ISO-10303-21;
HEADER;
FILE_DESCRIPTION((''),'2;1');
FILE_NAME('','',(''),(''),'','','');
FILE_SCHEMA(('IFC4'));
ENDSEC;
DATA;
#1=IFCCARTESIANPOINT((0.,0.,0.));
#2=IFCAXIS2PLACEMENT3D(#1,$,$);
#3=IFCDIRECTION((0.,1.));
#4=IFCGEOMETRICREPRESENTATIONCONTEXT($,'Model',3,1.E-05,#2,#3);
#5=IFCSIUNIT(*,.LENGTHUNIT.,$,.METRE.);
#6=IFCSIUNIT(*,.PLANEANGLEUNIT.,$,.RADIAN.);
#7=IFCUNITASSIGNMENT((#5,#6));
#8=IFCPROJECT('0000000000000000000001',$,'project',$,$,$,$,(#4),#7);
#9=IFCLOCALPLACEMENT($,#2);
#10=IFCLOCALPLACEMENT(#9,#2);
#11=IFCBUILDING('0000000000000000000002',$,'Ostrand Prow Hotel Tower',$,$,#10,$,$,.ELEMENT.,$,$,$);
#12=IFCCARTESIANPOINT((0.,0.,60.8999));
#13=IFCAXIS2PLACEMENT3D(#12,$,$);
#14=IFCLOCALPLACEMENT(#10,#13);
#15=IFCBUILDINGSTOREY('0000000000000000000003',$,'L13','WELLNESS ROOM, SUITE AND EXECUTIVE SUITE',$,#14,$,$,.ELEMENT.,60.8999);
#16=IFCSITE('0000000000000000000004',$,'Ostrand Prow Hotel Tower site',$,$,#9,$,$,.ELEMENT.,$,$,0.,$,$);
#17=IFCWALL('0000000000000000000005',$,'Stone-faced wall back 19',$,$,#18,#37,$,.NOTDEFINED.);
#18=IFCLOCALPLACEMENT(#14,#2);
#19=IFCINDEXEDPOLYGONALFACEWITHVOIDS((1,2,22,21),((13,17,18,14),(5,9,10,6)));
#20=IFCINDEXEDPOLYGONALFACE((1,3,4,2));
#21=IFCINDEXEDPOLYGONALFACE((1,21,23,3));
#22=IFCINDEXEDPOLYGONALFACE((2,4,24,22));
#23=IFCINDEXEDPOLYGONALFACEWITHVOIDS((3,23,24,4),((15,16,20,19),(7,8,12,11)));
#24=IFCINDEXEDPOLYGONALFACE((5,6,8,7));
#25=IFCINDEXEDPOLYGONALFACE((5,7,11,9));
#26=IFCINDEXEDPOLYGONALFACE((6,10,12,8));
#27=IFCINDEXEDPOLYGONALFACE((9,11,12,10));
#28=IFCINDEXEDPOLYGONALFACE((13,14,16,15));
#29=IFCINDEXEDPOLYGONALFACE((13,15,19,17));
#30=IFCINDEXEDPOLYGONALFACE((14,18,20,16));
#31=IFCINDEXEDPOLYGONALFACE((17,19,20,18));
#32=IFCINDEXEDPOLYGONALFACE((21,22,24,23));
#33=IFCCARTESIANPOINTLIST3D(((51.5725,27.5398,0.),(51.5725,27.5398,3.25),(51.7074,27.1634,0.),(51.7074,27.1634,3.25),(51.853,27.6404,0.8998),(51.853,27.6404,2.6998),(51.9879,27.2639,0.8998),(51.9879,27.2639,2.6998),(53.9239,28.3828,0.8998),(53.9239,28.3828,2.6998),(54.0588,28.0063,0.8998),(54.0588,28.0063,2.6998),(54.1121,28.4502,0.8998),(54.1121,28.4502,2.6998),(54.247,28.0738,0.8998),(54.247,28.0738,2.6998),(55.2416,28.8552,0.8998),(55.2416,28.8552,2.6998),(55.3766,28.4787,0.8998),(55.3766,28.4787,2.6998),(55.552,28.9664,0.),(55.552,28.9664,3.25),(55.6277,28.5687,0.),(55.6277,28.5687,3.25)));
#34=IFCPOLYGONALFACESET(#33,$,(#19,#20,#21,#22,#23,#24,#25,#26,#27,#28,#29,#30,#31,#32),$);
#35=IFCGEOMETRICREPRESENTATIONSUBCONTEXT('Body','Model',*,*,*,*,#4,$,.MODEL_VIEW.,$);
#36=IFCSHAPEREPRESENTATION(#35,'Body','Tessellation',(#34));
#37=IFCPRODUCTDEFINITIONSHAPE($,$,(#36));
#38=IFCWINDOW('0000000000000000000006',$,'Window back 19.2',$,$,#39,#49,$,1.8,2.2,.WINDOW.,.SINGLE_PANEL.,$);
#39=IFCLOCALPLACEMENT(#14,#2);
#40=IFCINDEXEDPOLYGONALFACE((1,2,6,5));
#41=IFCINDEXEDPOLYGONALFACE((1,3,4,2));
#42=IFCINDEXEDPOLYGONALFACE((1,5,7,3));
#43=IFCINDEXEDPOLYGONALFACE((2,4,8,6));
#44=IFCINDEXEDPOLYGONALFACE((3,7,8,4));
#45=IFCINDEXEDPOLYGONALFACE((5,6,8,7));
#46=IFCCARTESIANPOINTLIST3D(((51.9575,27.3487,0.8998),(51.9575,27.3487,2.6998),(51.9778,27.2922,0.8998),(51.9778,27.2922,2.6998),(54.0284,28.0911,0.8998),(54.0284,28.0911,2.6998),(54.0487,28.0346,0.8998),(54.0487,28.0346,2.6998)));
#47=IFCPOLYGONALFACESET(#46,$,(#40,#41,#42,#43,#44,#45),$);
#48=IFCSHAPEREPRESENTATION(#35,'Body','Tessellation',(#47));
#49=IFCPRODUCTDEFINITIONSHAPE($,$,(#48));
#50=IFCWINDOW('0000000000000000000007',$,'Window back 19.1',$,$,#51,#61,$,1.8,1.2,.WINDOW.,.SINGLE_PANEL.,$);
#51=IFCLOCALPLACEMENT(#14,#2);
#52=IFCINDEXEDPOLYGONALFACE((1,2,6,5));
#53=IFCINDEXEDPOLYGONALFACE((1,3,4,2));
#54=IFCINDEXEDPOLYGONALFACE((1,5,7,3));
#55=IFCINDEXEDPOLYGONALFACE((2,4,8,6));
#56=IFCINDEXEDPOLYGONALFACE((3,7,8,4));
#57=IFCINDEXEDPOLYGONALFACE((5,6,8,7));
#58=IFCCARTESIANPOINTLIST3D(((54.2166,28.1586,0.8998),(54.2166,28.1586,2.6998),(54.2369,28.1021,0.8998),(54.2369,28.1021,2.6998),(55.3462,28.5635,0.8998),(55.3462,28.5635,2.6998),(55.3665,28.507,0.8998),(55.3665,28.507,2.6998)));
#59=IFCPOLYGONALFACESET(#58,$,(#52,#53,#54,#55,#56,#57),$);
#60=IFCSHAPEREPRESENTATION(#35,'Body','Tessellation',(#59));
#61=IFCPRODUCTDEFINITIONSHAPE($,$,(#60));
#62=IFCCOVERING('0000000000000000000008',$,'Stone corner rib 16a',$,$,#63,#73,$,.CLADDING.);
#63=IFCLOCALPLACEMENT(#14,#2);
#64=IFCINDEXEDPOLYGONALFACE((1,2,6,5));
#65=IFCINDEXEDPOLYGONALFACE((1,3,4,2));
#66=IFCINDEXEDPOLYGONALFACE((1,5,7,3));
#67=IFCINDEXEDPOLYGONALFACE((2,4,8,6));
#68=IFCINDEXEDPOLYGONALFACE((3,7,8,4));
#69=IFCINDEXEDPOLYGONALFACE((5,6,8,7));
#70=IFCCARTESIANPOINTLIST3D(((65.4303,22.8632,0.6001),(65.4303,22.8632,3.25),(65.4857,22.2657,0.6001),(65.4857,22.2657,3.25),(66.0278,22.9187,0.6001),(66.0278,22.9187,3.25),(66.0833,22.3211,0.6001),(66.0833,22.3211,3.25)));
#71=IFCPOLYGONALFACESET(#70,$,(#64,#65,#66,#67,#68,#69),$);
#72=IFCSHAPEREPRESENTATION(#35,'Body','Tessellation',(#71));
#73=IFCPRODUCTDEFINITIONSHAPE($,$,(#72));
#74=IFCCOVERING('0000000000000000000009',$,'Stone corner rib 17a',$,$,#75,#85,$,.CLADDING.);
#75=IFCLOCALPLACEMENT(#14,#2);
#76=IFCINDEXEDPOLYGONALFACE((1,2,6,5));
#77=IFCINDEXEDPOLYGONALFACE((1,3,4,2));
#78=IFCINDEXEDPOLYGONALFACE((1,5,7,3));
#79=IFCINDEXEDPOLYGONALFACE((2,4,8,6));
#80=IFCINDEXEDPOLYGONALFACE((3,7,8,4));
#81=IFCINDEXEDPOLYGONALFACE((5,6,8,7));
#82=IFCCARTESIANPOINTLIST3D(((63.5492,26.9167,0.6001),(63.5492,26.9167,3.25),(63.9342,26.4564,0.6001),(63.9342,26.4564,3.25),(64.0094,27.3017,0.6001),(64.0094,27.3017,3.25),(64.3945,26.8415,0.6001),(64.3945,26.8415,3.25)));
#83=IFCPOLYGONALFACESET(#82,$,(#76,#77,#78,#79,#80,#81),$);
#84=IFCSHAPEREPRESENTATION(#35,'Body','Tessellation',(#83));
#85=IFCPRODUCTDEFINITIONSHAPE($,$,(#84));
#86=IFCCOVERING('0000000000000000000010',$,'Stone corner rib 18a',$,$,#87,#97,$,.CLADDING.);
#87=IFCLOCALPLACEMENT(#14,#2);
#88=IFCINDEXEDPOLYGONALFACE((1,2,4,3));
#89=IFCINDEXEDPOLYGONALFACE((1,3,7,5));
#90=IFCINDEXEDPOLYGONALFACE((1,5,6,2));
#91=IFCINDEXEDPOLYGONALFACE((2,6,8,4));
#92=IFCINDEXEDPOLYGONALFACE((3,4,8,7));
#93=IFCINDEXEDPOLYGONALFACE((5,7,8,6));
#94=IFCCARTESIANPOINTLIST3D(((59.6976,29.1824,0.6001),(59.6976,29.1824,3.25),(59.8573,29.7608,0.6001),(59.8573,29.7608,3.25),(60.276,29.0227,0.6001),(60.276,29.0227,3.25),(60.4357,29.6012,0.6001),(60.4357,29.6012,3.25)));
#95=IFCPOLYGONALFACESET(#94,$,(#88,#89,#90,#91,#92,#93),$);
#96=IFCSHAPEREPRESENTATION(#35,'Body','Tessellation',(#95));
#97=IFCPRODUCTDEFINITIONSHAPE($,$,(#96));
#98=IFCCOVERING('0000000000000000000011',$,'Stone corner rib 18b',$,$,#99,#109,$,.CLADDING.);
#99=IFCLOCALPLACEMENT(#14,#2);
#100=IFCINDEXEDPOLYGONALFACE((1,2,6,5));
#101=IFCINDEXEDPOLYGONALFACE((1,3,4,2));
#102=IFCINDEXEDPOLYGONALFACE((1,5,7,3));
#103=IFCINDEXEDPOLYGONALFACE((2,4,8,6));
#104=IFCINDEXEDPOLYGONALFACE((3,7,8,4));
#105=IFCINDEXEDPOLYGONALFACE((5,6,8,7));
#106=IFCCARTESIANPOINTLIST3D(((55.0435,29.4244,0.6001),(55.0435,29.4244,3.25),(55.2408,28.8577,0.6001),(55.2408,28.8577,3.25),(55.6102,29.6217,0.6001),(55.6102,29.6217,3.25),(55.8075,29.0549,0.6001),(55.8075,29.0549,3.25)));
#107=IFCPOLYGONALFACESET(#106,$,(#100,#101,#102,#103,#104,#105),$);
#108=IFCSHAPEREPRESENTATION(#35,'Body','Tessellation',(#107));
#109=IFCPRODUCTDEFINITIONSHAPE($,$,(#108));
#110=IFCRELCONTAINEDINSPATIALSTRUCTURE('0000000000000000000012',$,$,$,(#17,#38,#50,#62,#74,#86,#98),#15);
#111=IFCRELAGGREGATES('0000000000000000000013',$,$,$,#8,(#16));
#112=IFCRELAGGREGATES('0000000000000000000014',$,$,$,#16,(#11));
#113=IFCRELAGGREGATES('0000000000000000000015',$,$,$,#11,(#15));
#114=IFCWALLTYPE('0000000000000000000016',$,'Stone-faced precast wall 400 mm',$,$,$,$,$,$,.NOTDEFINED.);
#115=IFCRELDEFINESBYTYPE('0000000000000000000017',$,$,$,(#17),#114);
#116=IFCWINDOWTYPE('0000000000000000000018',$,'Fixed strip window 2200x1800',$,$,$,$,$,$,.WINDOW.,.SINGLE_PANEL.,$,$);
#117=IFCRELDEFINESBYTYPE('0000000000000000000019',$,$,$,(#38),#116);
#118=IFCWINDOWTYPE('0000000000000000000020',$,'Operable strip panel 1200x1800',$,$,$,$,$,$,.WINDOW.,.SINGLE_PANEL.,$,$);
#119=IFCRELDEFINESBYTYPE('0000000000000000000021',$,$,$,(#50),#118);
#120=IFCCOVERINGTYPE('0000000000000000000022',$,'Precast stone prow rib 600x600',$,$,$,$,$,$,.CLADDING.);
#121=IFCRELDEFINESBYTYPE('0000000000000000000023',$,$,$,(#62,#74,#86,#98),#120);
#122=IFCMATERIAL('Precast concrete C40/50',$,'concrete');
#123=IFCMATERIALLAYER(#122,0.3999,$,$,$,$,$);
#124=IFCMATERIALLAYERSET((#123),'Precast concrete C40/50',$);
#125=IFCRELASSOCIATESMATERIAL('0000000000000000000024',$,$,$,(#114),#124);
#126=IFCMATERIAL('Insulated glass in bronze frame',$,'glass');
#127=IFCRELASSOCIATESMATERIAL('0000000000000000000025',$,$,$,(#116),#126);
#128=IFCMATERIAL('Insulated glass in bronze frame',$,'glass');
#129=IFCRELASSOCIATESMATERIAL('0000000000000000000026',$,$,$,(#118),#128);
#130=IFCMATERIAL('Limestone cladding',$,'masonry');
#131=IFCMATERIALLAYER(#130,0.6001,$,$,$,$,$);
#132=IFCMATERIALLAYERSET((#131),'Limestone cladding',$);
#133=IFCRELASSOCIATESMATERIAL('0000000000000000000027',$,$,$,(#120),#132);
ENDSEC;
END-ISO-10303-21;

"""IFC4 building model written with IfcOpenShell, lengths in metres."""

from ifc_helpers import new_model, si_unit, direction, frame, frame_2d, origin, place, context, subcontext, project, spatial, polyline, rectangle, outline, extrude, material, layer, layer_set, type_object, element, fill, save


model = new_model("IFC4")

# Units and contexts
model_context = context("Model", 3, precision=1e-05, world=origin(), true_north=direction((0.0, 1.0)))
body_context = subcontext(model_context, "Body", "Model", "MODEL_VIEW")
ifc_project = project(units=[si_unit("LENGTHUNIT", "METRE"), si_unit("PLANEANGLEUNIT", "RADIAN")], contexts=[model_context])

# Site, building, storey
site_placement = place(None, origin())
site = spatial("IfcSite", under=ifc_project, at=site_placement, Name="Ostrand Prow Hotel Tower site", CompositionType="ELEMENT", RefElevation=0.0)
building_placement = place(site_placement, origin())
building = spatial("IfcBuilding", under=site, at=building_placement, Name="Ostrand Prow Hotel Tower", CompositionType="ELEMENT")
storey_placement = place(building_placement, frame((0.0, 0.0, 60.8999)))
storey = spatial("IfcBuildingStorey", under=building, at=storey_placement, Name="L13", Description="WELLNESS ROOM, SUITE AND EXECUTIVE SUITE", CompositionType="ELEMENT", Elevation=60.8999)

# Shared definitions
ifc_material_1 = material(Name="Precast concrete C40/50", Category="concrete")
ifc_layer_1 = layer(ifc_material_1, 0.3999)
ifc_layer_set_1 = layer_set([ifc_layer_1], Name="Precast concrete C40/50")
wall_type_1 = type_object("IfcWallType", Name="Stone-faced precast wall 400 mm", PredefinedType="NOTDEFINED", material=ifc_layer_set_1)

# Wall, openings, windows
wall_1_placement = place(storey_placement, frame((55.5898, 28.7676, 0.0), z_axis=(0.0, 0.0, 1.0), x_axis=(-0.94134, -0.33746, 0.0)))
wall_1 = element("IfcWall", 1, at=wall_1_placement, inside=storey, type_object=wall_type_1, Name="Stone-faced wall back 19", PredefinedType="NOTDEFINED", context=body_context, shape_type="SweptSolid", body=[
    extrude(outline(polyline([(-0.0315, -0.2), (4.196, -0.2), (4.196, 0.2), (0.0315, 0.2), (-0.0315, -0.2)])), origin(), (0.0, 0.0, 1.0), 3.25),
])
opening_1_placement = place(wall_1_placement, frame((0.2981, 0.0, 0.8999)))
opening_1 = element("IfcOpeningElement", 2, at=opening_1_placement, cuts=wall_1, PredefinedType="OPENING", context=body_context, shape_type="SweptSolid", body=[
    extrude(rectangle(XDim=1.2, YDim=1.8, at=frame_2d((0.6001, 0.8999))), frame((0.0, 0.21, 0.0), z_axis=(0.0, -1.0, 0.0), x_axis=(1.0, 0.0, 0.0)), (0.0, 0.0, 1.0), 0.4199),
])
opening_2_placement = place(wall_1_placement, frame((1.698, 0.0, 0.8999)))
opening_2 = element("IfcOpeningElement", 3, at=opening_2_placement, cuts=wall_1, PredefinedType="OPENING", context=body_context, shape_type="SweptSolid", body=[
    extrude(rectangle(XDim=2.2, YDim=1.8, at=frame_2d((1.1001, 0.8999))), frame((0.0, 0.21, 0.0), z_axis=(0.0, -1.0, 0.0), x_axis=(1.0, 0.0, 0.0)), (0.0, 0.0, 1.0), 0.4199),
])
ifc_material_2 = material(Name="Insulated glass in bronze frame", Category="glass")
window_type_1 = type_object("IfcWindowType", Name="Fixed strip window 2200x1800", PartitioningType="SINGLE_PANEL", PredefinedType="WINDOW", material=ifc_material_2)
window_1_placement = place(opening_2_placement, origin())
window_1 = element("IfcWindow", 4, at=window_1_placement, inside=storey, type_object=window_type_1, Name="Window back 19.2", OverallHeight=1.8, OverallWidth=2.2, PartitioningType="SINGLE_PANEL", PredefinedType="WINDOW", context=body_context, shape_type="SweptSolid", body=[
    extrude(rectangle(XDim=2.2, YDim=1.8, at=frame_2d((1.1001, 0.8999))), frame((0.0, 0.1699, 0.0), z_axis=(0.0, -1.0, 0.0), x_axis=(1.0, 0.0, 0.0)), (0.0, 0.0, 1.0), 0.0601),
])
fill(opening_2, window_1)
ifc_material_3 = material(Name="Insulated glass in bronze frame", Category="glass")
window_type_2 = type_object("IfcWindowType", Name="Operable strip panel 1200x1800", PartitioningType="SINGLE_PANEL", PredefinedType="WINDOW", material=ifc_material_3)
window_2_placement = place(opening_1_placement, origin())
window_2 = element("IfcWindow", 5, at=window_2_placement, inside=storey, type_object=window_type_2, Name="Window back 19.1", OverallHeight=1.8, OverallWidth=1.2, PartitioningType="SINGLE_PANEL", PredefinedType="WINDOW", context=body_context, shape_type="SweptSolid", body=[
    extrude(rectangle(XDim=1.2, YDim=1.8, at=frame_2d((0.6001, 0.8999))), frame((0.0, 0.1699, 0.0), z_axis=(0.0, -1.0, 0.0), x_axis=(1.0, 0.0, 0.0)), (0.0, 0.0, 1.0), 0.0601),
])
fill(opening_1, window_2)

# Coverings
ifc_material_4 = material(Name="Limestone cladding", Category="masonry")
ifc_layer_2 = layer(ifc_material_4, 0.6001)
ifc_layer_set_2 = layer_set([ifc_layer_2], Name="Limestone cladding")
covering_type = type_object("IfcCoveringType", Name="Precast stone prow rib 600x600", PredefinedType="CLADDING", material=ifc_layer_set_2)
for number, where, z_axis, x_axis, name in (
    (6, (65.458, 22.5645, 0.6001), (0.0, 0.0, 1.0), (0.995725, 0.09237, 0.0), "Stone corner rib 16a"),
    (7, (63.7417, 26.6865, 0.6001), (0.0, 0.0, 1.0), (0.766986, 0.641664, 0.0), "Stone corner rib 17a"),
    (8, (59.9868, 29.1025, 0.6001), (0.0, 0.0, 1.0), (0.266112, 0.963942, 0.0), "Stone corner rib 18a"),
    (9, (55.5242, 28.9563, 0.6001), (0.0, 0.0, 1.0), (-0.328773, 0.944409, 0.0), "Stone corner rib 18b"),
):
    element("IfcCovering", number, at=place(storey_placement, frame(where, z_axis=z_axis, x_axis=x_axis)), inside=storey, type_object=covering_type, Name=name, PredefinedType="CLADDING", context=body_context, shape_type="SweptSolid", body=[
        extrude(rectangle(XDim=0.6001, YDim=0.6001, at=frame_2d((0.3, 0.0))), origin(), (0.0, 0.0, 1.0), 2.6499),
    ])

save(model, "model.ifc")
